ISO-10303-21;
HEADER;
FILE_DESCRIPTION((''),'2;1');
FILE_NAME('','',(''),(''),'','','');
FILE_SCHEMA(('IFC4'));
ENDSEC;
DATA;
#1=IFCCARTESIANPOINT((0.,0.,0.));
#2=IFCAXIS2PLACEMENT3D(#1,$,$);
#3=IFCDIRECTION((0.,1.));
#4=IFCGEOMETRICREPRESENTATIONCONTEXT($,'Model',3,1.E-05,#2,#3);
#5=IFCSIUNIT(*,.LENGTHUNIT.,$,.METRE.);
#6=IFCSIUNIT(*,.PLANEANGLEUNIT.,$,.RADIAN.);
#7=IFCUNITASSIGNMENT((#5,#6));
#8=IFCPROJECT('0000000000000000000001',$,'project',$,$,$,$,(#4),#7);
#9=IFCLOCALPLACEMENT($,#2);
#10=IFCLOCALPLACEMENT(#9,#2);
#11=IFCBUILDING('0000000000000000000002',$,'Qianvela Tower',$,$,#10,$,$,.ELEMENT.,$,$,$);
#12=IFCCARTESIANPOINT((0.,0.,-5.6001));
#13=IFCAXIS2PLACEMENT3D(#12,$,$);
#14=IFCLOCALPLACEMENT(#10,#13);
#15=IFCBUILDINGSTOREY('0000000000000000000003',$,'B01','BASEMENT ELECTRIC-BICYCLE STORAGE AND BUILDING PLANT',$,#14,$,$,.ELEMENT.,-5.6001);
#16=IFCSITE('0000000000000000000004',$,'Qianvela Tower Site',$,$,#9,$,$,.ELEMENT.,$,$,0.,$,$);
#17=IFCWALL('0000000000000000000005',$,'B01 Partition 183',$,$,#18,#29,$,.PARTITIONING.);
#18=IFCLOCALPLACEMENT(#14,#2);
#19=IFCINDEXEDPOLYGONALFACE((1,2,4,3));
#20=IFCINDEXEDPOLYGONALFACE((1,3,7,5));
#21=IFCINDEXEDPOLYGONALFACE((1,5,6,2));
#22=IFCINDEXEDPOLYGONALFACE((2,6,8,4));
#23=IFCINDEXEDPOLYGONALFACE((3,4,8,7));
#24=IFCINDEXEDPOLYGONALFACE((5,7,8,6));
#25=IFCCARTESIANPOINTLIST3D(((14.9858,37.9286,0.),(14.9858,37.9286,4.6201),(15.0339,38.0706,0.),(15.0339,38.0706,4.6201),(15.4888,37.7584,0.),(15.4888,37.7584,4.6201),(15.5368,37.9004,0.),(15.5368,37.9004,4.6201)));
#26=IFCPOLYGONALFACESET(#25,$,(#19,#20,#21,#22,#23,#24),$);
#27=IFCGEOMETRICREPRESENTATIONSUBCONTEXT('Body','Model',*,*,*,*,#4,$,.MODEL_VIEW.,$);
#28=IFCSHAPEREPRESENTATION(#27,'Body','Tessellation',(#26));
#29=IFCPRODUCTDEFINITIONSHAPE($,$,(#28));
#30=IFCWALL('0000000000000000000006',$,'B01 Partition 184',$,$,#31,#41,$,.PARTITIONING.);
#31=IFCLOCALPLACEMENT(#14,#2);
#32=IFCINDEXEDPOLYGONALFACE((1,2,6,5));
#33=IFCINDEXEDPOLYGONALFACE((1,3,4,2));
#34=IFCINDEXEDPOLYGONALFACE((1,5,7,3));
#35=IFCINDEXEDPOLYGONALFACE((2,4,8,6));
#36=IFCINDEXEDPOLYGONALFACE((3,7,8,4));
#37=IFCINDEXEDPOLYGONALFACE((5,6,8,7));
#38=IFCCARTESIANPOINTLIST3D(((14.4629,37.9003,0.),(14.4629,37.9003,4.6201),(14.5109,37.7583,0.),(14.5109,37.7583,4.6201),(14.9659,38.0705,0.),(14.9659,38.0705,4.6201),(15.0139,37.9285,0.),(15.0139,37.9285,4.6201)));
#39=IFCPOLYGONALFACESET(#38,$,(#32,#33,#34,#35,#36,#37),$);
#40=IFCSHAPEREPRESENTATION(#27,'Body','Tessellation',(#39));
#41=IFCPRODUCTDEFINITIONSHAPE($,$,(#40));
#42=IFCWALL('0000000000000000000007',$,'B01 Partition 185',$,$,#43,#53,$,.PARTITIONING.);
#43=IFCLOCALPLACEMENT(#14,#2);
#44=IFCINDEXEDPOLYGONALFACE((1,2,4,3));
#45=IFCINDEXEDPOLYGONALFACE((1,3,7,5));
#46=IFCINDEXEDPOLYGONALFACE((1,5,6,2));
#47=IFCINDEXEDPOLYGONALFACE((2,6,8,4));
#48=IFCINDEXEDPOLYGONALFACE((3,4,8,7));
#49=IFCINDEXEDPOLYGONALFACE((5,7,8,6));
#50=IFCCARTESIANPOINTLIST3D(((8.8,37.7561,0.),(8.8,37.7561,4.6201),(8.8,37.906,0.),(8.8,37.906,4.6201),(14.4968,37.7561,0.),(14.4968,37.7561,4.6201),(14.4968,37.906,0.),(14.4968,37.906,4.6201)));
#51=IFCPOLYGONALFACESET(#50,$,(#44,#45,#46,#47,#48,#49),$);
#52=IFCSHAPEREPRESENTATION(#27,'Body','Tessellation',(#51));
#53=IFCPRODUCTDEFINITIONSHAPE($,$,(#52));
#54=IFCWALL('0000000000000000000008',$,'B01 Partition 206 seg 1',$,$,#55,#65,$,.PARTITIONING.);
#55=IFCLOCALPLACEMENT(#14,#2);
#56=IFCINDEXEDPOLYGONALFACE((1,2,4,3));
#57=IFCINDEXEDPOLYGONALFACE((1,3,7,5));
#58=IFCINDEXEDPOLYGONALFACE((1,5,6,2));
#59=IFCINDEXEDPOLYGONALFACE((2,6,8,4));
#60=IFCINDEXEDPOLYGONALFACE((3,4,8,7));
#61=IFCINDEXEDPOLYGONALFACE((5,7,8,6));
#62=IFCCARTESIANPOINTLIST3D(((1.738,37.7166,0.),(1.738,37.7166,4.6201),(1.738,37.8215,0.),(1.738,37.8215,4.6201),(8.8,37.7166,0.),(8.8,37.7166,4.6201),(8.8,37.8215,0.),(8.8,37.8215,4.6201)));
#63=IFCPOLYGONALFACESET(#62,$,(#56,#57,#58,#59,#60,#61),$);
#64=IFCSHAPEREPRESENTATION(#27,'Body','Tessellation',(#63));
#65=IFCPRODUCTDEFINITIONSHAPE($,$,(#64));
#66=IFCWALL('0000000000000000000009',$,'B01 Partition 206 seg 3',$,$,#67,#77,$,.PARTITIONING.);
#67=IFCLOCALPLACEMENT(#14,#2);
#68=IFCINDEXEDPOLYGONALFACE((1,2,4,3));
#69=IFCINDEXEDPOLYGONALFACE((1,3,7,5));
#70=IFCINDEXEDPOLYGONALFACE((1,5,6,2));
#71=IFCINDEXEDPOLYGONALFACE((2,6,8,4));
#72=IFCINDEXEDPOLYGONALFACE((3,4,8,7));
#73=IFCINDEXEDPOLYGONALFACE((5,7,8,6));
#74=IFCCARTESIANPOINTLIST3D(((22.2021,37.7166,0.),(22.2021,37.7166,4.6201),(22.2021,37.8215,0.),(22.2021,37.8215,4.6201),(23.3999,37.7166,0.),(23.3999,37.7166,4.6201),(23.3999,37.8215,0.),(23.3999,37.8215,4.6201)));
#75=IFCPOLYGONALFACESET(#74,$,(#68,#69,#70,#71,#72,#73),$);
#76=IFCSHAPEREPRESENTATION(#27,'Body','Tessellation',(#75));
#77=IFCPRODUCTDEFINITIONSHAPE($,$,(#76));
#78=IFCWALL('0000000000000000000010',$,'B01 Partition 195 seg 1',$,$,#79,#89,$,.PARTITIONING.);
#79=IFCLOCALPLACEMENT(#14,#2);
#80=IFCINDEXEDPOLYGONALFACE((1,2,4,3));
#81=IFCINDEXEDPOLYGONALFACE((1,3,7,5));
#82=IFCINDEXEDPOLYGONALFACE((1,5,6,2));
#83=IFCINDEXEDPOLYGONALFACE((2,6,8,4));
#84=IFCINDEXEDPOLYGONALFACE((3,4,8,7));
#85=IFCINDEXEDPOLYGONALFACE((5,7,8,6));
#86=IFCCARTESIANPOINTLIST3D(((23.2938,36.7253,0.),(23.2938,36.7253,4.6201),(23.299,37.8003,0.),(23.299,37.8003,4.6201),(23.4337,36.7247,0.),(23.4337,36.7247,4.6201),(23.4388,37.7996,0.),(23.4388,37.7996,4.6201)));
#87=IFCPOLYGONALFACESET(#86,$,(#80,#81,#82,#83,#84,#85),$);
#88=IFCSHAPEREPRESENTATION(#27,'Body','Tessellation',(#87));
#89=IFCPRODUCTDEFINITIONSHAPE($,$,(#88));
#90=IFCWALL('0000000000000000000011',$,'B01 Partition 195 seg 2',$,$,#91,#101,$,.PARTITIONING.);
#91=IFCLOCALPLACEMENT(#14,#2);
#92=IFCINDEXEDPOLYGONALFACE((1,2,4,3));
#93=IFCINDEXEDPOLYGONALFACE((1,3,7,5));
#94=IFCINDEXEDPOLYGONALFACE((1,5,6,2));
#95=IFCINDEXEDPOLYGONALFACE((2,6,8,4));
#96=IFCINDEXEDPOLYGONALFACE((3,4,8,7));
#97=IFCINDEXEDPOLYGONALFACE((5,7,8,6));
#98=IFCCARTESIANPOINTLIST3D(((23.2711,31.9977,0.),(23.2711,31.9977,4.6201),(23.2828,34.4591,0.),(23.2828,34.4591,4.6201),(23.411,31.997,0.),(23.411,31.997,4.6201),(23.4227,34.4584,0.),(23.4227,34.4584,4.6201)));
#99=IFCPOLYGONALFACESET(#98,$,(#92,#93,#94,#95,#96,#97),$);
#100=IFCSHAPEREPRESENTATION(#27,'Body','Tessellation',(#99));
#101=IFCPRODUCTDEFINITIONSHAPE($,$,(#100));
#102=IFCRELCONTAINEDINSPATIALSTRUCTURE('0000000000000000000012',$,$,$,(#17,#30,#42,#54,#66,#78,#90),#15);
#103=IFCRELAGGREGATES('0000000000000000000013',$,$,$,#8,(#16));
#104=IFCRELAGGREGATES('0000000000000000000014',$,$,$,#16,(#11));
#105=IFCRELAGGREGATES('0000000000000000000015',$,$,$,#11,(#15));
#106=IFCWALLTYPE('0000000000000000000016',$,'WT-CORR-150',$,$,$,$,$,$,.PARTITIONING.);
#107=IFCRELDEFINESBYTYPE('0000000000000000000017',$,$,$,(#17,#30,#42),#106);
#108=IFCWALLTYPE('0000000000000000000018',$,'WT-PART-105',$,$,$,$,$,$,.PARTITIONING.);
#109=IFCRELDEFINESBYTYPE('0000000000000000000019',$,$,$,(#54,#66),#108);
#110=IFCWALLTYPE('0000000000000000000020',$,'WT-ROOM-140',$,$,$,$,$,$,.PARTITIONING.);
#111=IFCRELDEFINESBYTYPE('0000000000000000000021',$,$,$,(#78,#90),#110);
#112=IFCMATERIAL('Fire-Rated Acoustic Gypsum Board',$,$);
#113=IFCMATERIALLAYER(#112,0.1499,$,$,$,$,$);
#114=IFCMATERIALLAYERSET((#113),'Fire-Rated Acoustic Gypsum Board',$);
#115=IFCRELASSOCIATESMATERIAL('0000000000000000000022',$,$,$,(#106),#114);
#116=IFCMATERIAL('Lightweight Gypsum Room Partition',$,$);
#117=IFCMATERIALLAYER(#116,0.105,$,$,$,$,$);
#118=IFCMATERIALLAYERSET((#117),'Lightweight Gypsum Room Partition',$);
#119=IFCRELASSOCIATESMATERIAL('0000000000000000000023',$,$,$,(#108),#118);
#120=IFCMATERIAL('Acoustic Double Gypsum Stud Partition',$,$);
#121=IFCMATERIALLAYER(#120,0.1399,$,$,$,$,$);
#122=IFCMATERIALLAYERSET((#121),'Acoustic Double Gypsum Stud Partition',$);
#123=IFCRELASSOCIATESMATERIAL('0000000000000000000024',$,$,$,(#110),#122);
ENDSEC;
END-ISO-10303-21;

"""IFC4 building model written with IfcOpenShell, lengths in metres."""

from ifc_helpers import new_model, si_unit, direction, frame, frame_2d, origin, place, context, subcontext, project, spatial, rectangle, extrude, material, layer, layer_set, type_object, element, save


model = new_model("IFC4")

# Units and contexts
model_context = context("Model", 3, precision=1e-05, world=origin(), true_north=direction((0.0, 1.0)))
body_context = subcontext(model_context, "Body", "Model", "MODEL_VIEW")
ifc_project = project(units=[si_unit("LENGTHUNIT", "METRE"), si_unit("PLANEANGLEUNIT", "RADIAN")], contexts=[model_context])

# Site, building, storey
site_placement = place(None, origin())
site = spatial("IfcSite", under=ifc_project, at=site_placement, Name="Qianvela Tower Site", CompositionType="ELEMENT", RefElevation=0.0)
building_placement = place(site_placement, origin())
building = spatial("IfcBuilding", under=site, at=building_placement, Name="Qianvela Tower", CompositionType="ELEMENT")
storey_placement = place(building_placement, frame((0.0, 0.0, -5.6001)))
storey = spatial("IfcBuildingStorey", under=building, at=storey_placement, Name="B01", Description="BASEMENT ELECTRIC-BICYCLE STORAGE AND BUILDING PLANT", CompositionType="ELEMENT", Elevation=-5.6001)

# Walls
ifc_material_1 = material(Name="Fire-Rated Acoustic Gypsum Board")
ifc_layer_1 = layer(ifc_material_1, 0.1499)
ifc_layer_set_1 = layer_set([ifc_layer_1], Name="Fire-Rated Acoustic Gypsum Board")
wall_type_1 = type_object("IfcWallType", Name="WT-CORR-150", PredefinedType="PARTITIONING", material=ifc_layer_set_1)
for number, where, z_axis, x_axis, name in (
    (1, (15.5129, 37.8293, 0.0), (0.0, 0.0, 1.0), (-0.947248, 0.320501, 0.0), "B01 Partition 183"),
    (2, (14.99, 37.9995, 0.0), (0.0, 0.0, 1.0), (-0.947248, -0.320501, 0.0), "B01 Partition 184"),
):
    element("IfcWall", number, at=place(storey_placement, frame(where, z_axis=z_axis, x_axis=x_axis)), inside=storey, type_object=wall_type_1, Name=name, PredefinedType="PARTITIONING", context=body_context, shape_type="SweptSolid", body=[
        extrude(rectangle(XDim=0.531, YDim=0.1499, at=frame_2d((0.2656, 0.0))), origin(), (0.0, 0.0, 1.0), 4.6201),
    ])
wall_1_placement = place(storey_placement, frame((14.4968, 37.8311, 0.0), z_axis=(0.0, 0.0, 1.0), x_axis=(-1.0, 0.0, 0.0)))
element("IfcWall", 3, at=wall_1_placement, inside=storey, type_object=wall_type_1, Name="B01 Partition 185", PredefinedType="PARTITIONING", context=body_context, shape_type="SweptSolid", body=[
    extrude(rectangle(XDim=5.6968, YDim=0.1499, at=frame_2d((2.8484, 0.0))), origin(), (0.0, 0.0, 1.0), 4.6201),
])
ifc_material_2 = material(Name="Lightweight Gypsum Room Partition")
ifc_layer_2 = layer(ifc_material_2, 0.105)
ifc_layer_set_2 = layer_set([ifc_layer_2], Name="Lightweight Gypsum Room Partition")
wall_type_2 = type_object("IfcWallType", Name="WT-PART-105", PredefinedType="PARTITIONING", material=ifc_layer_set_2)
wall_2_placement = place(storey_placement, frame((1.738, 37.769, 0.0), z_axis=(0.0, 0.0, 1.0), x_axis=(1.0, 0.0, 0.0)))
element("IfcWall", 4, at=wall_2_placement, inside=storey, type_object=wall_type_2, Name="B01 Partition 206 seg 1", PredefinedType="PARTITIONING", context=body_context, shape_type="SweptSolid", body=[
    extrude(rectangle(XDim=7.062, YDim=0.105, at=frame_2d((3.531, 0.0))), origin(), (0.0, 0.0, 1.0), 4.6201),
])
wall_3_placement = place(storey_placement, frame((22.2021, 37.769, 0.0), z_axis=(0.0, 0.0, 1.0), x_axis=(1.0, 0.0, 0.0)))
element("IfcWall", 5, at=wall_3_placement, inside=storey, type_object=wall_type_2, Name="B01 Partition 206 seg 3", PredefinedType="PARTITIONING", context=body_context, shape_type="SweptSolid", body=[
    extrude(rectangle(XDim=1.1978, YDim=0.105, at=frame_2d((0.5989, 0.0))), origin(), (0.0, 0.0, 1.0), 4.6201),
])
ifc_material_3 = material(Name="Acoustic Double Gypsum Stud Partition")
ifc_layer_3 = layer(ifc_material_3, 0.1399)
ifc_layer_set_3 = layer_set([ifc_layer_3], Name="Acoustic Double Gypsum Stud Partition")
wall_type_3 = type_object("IfcWallType", Name="WT-ROOM-140", PredefinedType="PARTITIONING", material=ifc_layer_set_3)
wall_4_placement = place(storey_placement, frame((23.3689, 37.8, 0.0), z_axis=(0.0, 0.0, 1.0), x_axis=(-0.004769, -0.999989, 0.0)))
element("IfcWall", 6, at=wall_4_placement, inside=storey, type_object=wall_type_3, Name="B01 Partition 195 seg 1", PredefinedType="PARTITIONING", context=body_context, shape_type="SweptSolid", body=[
    extrude(rectangle(XDim=1.075, YDim=0.1399, at=frame_2d((0.5376, 0.0))), origin(), (0.0, 0.0, 1.0), 4.6201),
])
wall_5_placement = place(storey_placement, frame((23.3528, 34.4587, 0.0), z_axis=(0.0, 0.0, 1.0), x_axis=(-0.004761, -0.999989, 0.0)))
element("IfcWall", 7, at=wall_5_placement, inside=storey, type_object=wall_type_3, Name="B01 Partition 195 seg 2", PredefinedType="PARTITIONING", context=body_context, shape_type="SweptSolid", body=[
    extrude(rectangle(XDim=2.4614, YDim=0.1399, at=frame_2d((1.2307, 0.0))), origin(), (0.0, 0.0, 1.0), 4.6201),
])

save(model, "model.ifc")
